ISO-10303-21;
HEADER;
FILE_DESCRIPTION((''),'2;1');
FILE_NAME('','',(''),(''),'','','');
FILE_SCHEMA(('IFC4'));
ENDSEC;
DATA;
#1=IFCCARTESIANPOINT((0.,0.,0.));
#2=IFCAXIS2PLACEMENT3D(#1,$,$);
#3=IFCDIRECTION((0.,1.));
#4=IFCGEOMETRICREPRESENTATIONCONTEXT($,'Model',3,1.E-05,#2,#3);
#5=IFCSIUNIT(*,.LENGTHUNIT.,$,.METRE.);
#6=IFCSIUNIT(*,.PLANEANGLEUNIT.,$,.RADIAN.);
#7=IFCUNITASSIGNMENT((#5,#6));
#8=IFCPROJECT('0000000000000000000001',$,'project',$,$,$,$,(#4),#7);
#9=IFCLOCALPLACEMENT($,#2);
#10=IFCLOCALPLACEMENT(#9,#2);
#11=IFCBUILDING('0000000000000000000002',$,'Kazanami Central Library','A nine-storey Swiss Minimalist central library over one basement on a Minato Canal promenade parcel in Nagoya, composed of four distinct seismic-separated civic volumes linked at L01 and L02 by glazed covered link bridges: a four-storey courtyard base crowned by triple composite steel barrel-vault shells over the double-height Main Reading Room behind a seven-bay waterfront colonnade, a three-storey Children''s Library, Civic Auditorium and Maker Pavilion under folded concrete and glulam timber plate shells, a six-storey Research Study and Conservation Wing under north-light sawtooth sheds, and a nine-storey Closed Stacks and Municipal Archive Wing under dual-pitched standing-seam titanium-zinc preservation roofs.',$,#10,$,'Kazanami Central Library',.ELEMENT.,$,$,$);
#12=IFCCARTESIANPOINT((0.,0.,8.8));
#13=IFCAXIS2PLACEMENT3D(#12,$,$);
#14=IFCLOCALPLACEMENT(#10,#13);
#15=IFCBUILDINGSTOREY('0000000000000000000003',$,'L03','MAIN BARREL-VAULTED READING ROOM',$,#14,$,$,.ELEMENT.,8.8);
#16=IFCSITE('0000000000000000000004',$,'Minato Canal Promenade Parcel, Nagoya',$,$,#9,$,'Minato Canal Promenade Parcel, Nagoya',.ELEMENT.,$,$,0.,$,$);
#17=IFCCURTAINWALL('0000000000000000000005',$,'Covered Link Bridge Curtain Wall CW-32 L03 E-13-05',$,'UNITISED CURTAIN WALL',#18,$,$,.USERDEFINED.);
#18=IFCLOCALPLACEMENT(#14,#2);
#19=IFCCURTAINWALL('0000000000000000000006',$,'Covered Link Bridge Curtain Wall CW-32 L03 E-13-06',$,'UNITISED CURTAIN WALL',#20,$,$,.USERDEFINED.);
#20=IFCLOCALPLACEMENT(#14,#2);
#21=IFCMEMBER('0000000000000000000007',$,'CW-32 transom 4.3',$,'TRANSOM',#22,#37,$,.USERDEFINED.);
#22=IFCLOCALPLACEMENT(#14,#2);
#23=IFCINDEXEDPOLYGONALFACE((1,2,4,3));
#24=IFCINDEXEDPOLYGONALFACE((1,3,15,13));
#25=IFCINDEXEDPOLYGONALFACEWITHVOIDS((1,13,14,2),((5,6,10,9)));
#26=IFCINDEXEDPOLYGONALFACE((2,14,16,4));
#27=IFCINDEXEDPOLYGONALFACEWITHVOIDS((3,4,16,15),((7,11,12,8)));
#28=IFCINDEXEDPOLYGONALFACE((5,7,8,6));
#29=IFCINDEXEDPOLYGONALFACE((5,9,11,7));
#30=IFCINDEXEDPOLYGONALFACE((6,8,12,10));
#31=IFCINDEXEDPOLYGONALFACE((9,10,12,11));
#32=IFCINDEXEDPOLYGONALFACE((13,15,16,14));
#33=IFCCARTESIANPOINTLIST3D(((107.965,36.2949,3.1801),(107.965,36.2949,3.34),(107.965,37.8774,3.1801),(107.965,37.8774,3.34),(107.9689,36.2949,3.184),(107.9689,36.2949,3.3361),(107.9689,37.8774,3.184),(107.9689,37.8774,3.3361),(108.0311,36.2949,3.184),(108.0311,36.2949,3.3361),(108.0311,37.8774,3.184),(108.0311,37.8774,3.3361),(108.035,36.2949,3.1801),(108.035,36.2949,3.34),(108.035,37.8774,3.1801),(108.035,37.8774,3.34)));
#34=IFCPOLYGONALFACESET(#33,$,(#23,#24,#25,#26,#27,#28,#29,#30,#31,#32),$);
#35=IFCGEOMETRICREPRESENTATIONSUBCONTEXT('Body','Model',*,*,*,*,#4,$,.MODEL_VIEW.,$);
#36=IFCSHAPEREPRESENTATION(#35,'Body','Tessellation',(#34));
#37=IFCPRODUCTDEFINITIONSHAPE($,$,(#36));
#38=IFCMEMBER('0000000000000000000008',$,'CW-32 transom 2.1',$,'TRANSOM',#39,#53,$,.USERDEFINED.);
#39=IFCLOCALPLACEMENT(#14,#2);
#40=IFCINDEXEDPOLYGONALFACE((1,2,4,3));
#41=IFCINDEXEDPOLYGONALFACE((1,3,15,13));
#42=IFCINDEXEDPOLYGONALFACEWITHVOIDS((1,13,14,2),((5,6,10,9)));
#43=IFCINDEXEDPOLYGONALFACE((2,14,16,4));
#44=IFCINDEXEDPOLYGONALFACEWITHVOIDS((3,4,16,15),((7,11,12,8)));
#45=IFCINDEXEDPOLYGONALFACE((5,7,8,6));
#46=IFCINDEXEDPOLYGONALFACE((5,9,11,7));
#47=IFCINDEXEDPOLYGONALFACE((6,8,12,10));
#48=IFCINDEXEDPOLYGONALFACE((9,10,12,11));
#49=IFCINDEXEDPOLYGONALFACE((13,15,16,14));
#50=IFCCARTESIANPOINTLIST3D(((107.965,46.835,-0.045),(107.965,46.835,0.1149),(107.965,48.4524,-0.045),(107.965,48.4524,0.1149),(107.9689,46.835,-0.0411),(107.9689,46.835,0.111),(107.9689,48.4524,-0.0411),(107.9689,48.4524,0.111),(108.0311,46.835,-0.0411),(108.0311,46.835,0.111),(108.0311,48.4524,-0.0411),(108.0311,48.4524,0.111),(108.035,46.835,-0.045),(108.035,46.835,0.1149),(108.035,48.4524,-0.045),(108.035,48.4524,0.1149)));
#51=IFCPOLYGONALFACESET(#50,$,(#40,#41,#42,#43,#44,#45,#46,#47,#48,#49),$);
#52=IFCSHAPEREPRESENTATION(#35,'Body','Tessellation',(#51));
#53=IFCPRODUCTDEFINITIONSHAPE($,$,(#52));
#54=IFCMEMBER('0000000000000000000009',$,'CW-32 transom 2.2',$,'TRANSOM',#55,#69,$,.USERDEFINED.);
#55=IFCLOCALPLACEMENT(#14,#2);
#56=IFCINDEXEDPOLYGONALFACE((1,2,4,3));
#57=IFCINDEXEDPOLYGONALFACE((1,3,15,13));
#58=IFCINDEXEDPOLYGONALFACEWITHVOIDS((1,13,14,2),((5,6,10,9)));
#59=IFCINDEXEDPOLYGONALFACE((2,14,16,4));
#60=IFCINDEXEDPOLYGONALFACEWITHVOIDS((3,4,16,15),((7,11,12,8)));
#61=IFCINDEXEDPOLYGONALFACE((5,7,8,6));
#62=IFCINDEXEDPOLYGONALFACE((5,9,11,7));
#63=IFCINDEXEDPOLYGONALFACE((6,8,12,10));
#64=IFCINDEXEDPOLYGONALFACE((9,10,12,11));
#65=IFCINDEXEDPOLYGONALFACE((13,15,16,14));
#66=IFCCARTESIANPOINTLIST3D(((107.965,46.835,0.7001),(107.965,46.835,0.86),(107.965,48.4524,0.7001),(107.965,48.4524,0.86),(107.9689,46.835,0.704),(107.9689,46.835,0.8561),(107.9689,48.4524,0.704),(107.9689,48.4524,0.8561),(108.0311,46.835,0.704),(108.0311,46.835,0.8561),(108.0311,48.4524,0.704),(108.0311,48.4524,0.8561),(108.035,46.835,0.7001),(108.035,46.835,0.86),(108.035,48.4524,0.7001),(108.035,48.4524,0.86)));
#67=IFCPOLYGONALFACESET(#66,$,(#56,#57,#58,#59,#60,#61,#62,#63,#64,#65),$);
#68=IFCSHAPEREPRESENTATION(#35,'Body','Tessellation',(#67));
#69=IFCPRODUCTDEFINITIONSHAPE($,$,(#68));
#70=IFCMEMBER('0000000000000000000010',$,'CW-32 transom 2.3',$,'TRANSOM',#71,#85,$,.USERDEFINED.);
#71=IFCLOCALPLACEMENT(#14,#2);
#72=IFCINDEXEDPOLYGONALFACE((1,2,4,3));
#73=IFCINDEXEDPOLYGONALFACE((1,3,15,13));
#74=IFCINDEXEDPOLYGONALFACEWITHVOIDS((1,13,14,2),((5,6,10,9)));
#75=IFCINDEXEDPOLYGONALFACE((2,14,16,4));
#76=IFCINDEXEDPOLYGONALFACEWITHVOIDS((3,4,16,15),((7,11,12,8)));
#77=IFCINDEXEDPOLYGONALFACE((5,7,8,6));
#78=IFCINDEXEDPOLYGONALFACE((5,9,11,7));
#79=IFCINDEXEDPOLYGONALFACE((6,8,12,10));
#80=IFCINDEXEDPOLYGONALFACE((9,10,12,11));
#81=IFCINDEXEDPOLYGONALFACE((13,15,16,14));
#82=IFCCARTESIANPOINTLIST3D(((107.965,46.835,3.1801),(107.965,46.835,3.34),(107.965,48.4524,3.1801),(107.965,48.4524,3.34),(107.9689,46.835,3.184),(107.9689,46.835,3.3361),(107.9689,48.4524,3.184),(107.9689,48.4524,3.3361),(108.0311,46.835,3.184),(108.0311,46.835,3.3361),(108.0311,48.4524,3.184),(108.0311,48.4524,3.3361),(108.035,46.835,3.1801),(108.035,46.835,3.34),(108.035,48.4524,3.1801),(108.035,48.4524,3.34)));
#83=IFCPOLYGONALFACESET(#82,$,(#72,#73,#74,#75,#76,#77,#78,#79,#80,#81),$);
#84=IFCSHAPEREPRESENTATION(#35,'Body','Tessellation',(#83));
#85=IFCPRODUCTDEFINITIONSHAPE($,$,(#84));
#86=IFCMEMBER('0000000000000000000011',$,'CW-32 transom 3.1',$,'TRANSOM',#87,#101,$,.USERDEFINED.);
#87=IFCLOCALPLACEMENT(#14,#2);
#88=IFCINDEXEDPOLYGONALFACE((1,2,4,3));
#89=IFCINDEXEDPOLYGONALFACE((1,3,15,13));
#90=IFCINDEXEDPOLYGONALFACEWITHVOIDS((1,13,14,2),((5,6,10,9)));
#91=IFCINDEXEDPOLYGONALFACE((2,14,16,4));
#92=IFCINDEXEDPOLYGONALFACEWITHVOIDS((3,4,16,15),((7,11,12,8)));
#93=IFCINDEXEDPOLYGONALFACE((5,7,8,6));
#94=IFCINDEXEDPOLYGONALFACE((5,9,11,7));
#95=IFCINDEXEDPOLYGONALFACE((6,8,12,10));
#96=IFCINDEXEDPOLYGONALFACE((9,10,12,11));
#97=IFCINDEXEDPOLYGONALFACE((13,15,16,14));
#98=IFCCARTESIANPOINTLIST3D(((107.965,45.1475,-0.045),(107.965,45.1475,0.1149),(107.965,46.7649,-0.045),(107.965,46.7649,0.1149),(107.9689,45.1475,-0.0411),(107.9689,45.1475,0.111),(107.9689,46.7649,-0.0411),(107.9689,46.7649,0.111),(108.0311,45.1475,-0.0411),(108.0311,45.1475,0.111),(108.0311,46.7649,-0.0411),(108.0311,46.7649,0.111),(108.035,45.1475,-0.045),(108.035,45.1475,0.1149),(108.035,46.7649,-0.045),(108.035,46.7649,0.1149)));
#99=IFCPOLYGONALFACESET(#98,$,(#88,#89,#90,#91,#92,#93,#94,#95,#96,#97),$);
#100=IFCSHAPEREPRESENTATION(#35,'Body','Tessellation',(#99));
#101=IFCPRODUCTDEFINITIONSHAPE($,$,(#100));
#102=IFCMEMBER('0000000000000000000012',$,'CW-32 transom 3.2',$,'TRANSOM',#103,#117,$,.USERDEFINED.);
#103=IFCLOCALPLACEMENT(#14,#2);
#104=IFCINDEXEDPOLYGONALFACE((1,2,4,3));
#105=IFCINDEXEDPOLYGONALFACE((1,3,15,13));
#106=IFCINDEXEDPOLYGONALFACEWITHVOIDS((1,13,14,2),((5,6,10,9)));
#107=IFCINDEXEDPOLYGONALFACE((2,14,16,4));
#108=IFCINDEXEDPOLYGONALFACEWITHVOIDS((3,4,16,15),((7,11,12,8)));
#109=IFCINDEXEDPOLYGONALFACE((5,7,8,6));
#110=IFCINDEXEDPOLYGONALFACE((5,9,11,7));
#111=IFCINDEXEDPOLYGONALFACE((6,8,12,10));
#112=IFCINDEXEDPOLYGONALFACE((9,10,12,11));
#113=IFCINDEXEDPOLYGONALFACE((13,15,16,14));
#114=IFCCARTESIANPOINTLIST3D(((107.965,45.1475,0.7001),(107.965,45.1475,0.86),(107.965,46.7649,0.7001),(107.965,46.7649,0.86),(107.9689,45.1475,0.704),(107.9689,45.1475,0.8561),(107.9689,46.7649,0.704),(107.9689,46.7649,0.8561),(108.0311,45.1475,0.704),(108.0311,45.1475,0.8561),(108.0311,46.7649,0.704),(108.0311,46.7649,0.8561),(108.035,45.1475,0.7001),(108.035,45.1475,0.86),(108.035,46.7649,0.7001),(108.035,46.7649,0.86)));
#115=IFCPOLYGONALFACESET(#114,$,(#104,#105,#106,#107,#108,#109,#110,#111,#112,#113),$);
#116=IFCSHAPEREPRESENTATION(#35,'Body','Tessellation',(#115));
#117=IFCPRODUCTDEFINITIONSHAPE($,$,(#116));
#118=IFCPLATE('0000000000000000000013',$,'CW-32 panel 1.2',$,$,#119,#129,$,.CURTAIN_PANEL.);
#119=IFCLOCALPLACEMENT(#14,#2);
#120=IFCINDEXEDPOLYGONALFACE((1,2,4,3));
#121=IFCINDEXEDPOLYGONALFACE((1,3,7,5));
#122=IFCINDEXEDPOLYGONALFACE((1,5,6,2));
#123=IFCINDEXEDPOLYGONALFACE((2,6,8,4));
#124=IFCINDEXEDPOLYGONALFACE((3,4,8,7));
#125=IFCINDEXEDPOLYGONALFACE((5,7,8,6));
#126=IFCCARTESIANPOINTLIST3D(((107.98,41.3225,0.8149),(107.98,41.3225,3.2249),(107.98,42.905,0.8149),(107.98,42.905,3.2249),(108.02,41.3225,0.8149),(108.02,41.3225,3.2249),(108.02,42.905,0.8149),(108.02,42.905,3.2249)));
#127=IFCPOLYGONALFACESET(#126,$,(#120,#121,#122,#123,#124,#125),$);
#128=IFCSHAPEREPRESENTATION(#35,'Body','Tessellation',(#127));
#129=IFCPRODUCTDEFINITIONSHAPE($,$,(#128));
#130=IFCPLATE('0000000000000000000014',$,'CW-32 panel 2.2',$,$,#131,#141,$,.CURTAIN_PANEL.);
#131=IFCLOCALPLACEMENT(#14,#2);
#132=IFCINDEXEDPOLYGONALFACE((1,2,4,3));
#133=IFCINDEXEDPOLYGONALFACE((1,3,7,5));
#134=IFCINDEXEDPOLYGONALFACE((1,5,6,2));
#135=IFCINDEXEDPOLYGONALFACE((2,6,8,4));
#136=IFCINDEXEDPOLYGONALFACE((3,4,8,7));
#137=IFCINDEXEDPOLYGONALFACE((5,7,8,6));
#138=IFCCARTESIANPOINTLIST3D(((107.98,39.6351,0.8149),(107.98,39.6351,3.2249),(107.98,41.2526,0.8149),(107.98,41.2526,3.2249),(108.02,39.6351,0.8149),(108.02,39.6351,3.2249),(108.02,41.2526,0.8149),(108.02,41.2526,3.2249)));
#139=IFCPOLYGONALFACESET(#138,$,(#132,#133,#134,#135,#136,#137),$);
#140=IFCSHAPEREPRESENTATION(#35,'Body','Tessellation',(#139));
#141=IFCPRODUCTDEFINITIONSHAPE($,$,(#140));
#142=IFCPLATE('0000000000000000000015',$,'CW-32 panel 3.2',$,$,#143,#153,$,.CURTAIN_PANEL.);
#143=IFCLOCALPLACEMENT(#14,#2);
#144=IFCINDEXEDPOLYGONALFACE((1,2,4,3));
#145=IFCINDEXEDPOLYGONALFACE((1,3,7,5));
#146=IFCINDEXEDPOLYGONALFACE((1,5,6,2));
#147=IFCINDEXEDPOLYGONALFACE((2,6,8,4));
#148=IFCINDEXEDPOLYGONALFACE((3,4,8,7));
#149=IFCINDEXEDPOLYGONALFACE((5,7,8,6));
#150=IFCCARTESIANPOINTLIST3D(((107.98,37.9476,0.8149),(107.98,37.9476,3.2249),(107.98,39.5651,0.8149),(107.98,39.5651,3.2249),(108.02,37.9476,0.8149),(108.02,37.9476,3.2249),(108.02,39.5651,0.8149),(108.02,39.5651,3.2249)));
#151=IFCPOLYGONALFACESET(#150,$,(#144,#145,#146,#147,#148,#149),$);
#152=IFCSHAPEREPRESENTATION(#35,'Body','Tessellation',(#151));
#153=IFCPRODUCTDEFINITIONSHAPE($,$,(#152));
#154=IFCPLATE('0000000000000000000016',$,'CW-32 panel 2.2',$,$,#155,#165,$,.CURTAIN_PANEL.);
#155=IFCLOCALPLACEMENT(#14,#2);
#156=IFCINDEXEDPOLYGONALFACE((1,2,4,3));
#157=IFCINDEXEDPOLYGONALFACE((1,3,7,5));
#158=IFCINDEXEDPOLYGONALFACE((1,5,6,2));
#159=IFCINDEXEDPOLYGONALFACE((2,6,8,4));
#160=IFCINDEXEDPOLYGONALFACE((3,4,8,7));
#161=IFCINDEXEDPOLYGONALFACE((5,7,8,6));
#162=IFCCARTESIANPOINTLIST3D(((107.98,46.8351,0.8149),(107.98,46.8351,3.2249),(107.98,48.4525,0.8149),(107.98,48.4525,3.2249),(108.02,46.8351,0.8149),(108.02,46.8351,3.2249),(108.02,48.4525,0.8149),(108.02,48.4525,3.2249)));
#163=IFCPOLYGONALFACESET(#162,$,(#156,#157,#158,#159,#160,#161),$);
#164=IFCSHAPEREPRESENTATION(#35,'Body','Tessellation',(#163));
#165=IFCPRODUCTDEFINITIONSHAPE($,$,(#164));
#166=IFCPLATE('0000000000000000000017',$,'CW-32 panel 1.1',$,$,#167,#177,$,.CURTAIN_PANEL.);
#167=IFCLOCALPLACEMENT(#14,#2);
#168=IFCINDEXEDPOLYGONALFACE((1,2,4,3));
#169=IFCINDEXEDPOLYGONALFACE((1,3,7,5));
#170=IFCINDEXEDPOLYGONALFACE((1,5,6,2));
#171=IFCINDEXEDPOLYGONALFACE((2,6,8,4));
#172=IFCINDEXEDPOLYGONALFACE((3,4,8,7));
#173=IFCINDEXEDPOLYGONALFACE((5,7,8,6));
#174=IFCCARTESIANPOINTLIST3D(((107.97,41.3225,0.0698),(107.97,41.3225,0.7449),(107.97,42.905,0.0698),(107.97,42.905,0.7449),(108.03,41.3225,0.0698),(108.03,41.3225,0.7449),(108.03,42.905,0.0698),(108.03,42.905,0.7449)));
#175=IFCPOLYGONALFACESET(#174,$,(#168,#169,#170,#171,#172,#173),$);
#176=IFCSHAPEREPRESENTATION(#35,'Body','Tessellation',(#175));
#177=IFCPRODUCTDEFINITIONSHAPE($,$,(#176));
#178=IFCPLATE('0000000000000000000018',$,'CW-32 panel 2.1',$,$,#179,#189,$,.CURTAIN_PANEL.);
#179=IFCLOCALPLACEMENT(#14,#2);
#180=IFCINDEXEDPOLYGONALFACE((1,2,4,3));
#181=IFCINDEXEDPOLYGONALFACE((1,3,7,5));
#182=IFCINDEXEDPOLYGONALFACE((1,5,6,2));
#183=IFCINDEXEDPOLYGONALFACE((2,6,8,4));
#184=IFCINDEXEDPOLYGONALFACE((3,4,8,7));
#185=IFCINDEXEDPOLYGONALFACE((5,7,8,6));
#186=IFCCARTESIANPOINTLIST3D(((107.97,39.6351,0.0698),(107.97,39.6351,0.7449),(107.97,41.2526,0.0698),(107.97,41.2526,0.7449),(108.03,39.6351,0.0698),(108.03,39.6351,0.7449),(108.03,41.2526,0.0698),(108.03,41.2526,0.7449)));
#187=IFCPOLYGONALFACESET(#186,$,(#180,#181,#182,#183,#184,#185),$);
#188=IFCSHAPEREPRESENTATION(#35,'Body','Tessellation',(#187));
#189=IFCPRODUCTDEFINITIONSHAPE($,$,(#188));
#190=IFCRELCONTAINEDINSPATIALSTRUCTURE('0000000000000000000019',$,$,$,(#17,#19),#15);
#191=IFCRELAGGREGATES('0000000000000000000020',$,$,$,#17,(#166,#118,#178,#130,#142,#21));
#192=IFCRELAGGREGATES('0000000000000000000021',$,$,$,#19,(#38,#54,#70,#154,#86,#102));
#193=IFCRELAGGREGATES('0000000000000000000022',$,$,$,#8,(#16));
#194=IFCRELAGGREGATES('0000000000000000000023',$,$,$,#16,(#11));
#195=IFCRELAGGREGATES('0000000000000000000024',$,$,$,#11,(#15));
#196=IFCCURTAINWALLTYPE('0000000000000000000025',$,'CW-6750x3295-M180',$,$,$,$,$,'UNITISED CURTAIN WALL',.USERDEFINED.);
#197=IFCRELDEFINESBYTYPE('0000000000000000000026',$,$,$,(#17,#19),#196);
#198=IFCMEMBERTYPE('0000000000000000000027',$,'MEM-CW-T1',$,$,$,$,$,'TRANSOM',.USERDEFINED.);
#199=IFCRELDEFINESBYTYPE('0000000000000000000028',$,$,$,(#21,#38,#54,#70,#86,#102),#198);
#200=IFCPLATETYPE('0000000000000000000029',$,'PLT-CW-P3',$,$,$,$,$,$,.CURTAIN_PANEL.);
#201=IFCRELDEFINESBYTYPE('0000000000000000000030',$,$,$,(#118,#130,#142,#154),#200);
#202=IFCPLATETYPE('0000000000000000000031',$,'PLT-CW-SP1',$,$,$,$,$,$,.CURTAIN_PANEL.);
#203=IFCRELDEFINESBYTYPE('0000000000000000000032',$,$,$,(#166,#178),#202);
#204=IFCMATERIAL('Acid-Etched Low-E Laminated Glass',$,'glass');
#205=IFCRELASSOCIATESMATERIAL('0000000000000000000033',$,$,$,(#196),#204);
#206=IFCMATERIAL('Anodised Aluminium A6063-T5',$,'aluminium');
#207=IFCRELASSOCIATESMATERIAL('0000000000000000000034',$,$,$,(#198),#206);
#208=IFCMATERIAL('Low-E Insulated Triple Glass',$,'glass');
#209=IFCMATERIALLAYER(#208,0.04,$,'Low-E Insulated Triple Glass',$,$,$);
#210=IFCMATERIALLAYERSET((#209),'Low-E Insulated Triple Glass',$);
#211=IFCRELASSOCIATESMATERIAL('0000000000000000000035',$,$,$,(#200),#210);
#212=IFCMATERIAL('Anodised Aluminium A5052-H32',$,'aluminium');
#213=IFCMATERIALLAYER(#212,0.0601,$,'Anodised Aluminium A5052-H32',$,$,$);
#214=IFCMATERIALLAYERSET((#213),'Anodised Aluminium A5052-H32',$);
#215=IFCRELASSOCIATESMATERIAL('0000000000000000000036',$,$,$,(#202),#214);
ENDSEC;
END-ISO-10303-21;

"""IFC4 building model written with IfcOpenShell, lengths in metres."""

from ifc_helpers import new_model, si_unit, direction, frame, origin, origin_2d, place, context, subcontext, project, spatial, rectangle, hollow_rectangle, extrude, material, layer, layer_set, material_profile, profile_set, type_object, element, aggregate, save


model = new_model("IFC4")

# Units and contexts
model_context = context("Model", 3, precision=1e-05, world=origin(), true_north=direction((0.0, 1.0)))
body_context = subcontext(model_context, "Body", "Model", "MODEL_VIEW")
ifc_project = project(units=[si_unit("LENGTHUNIT", "METRE"), si_unit("PLANEANGLEUNIT", "RADIAN")], contexts=[model_context])

# Site, building, storey
site_placement = place(None, origin())
site = spatial("IfcSite", under=ifc_project, at=site_placement, Name="Minato Canal Promenade Parcel, Nagoya", LongName="Minato Canal Promenade Parcel, Nagoya", CompositionType="ELEMENT", RefElevation=0.0)
building_placement = place(site_placement, origin())
building = spatial("IfcBuilding", under=site, at=building_placement, Name="Kazanami Central Library", Description="A nine-storey Swiss Minimalist central library over one basement on a Minato Canal promenade parcel in Nagoya, composed of four distinct seismic-separated civic volumes linked at L01 and L02 by glazed covered link bridges: a four-storey courtyard base crowned by triple composite steel barrel-vault shells over the double-height Main Reading Room behind a seven-bay waterfront colonnade, a three-storey Children's Library, Civic Auditorium and Maker Pavilion under folded concrete and glulam timber plate shells, a six-storey Research Study and Conservation Wing under north-light sawtooth sheds, and a nine-storey Closed Stacks and Municipal Archive Wing under dual-pitched standing-seam titanium-zinc preservation roofs.", LongName="Kazanami Central Library", CompositionType="ELEMENT")
storey_placement = place(building_placement, frame((0.0, 0.0, 8.8)))
storey = spatial("IfcBuildingStorey", under=building, at=storey_placement, Name="L03", Description="MAIN BARREL-VAULTED READING ROOM", CompositionType="ELEMENT", Elevation=8.8)

# Curtain walls
ifc_material_1 = material(Name="Acid-Etched Low-E Laminated Glass", Category="glass")
curtain_wall_type = type_object("IfcCurtainWallType", Name="CW-6750x3295-M180", ElementType="UNITISED CURTAIN WALL", PredefinedType="USERDEFINED", material=ifc_material_1)
curtain_wall_1_placement = place(storey_placement, origin())
curtain_wall_1 = element("IfcCurtainWall", 1, at=curtain_wall_1_placement, inside=storey, type_object=curtain_wall_type, Name="Covered Link Bridge Curtain Wall CW-32 L03 E-13-05", ObjectType="UNITISED CURTAIN WALL", PredefinedType="USERDEFINED")
ifc_material_2 = material(Name="Anodised Aluminium A6063-T5", Category="aluminium")
curtain_wall_2_placement = place(storey_placement, origin())
curtain_wall_2 = element("IfcCurtainWall", 2, at=curtain_wall_2_placement, inside=storey, type_object=curtain_wall_type, Name="Covered Link Bridge Curtain Wall CW-32 L03 E-13-06", ObjectType="UNITISED CURTAIN WALL", PredefinedType="USERDEFINED")

# Members
ifc_material_profile_1 = material_profile(ifc_material_2, hollow_rectangle(XDim=0.0701, YDim=0.1599, WallThickness=0.0039, at=origin_2d()), Name="ALU-TRAN-70x160x4")
ifc_profile_set_1 = profile_set([ifc_material_profile_1], Name="Anodised Aluminium A6063-T5")
member_type_1 = type_object("IfcMemberType", Name="MEM-CW-T1", ElementType="TRANSOM", PredefinedType="USERDEFINED", material=ifc_profile_set_1)
member_1_placement = place(storey_placement, frame((108.0, 37.8774, 3.26), z_axis=(0.0, -1.0, 0.0), x_axis=(1.0, 0.0, 0.0)))
member_1 = element("IfcMember", 3, at=member_1_placement, type_object=member_type_1, Name="CW-32 transom 4.3", ObjectType="TRANSOM", PredefinedType="USERDEFINED", context=body_context, shape_type="SweptSolid", body=[
    extrude(hollow_rectangle(XDim=0.0701, YDim=0.1599, WallThickness=0.0039, at=origin_2d()), origin(), (0.0, 0.0, 1.0), 1.5825),
])
member_2_placement = place(storey_placement, frame((108.0, 48.4524, 0.0349), z_axis=(0.0, -1.0, 0.0), x_axis=(1.0, 0.0, 0.0)))
member_2 = element("IfcMember", 4, at=member_2_placement, type_object=member_type_1, Name="CW-32 transom 2.1", ObjectType="TRANSOM", PredefinedType="USERDEFINED", context=body_context, shape_type="SweptSolid", body=[
    extrude(hollow_rectangle(XDim=0.0701, YDim=0.1599, WallThickness=0.0039, at=origin_2d()), origin(), (0.0, 0.0, 1.0), 1.6174),
])
member_3_placement = place(storey_placement, frame((108.0, 48.4524, 0.78), z_axis=(0.0, -1.0, 0.0), x_axis=(1.0, 0.0, 0.0)))
member_3 = element("IfcMember", 5, at=member_3_placement, type_object=member_type_1, Name="CW-32 transom 2.2", ObjectType="TRANSOM", PredefinedType="USERDEFINED", context=body_context, shape_type="SweptSolid", body=[
    extrude(hollow_rectangle(XDim=0.0701, YDim=0.1599, WallThickness=0.0039, at=origin_2d()), origin(), (0.0, 0.0, 1.0), 1.6174),
])
member_4_placement = place(storey_placement, frame((108.0, 48.4524, 3.26), z_axis=(0.0, -1.0, 0.0), x_axis=(1.0, 0.0, 0.0)))
member_4 = element("IfcMember", 6, at=member_4_placement, type_object=member_type_1, Name="CW-32 transom 2.3", ObjectType="TRANSOM", PredefinedType="USERDEFINED", context=body_context, shape_type="SweptSolid", body=[
    extrude(hollow_rectangle(XDim=0.0701, YDim=0.1599, WallThickness=0.0039, at=origin_2d()), origin(), (0.0, 0.0, 1.0), 1.6174),
])
member_5_placement = place(storey_placement, frame((108.0, 46.7649, 0.0349), z_axis=(0.0, -1.0, 0.0), x_axis=(1.0, 0.0, 0.0)))
member_5 = element("IfcMember", 7, at=member_5_placement, type_object=member_type_1, Name="CW-32 transom 3.1", ObjectType="TRANSOM", PredefinedType="USERDEFINED", context=body_context, shape_type="SweptSolid", body=[
    extrude(hollow_rectangle(XDim=0.0701, YDim=0.1599, WallThickness=0.0039, at=origin_2d()), origin(), (0.0, 0.0, 1.0), 1.6174),
])
member_6_placement = place(storey_placement, frame((108.0, 46.7649, 0.78), z_axis=(0.0, -1.0, 0.0), x_axis=(1.0, 0.0, 0.0)))
member_6 = element("IfcMember", 8, at=member_6_placement, type_object=member_type_1, Name="CW-32 transom 3.2", ObjectType="TRANSOM", PredefinedType="USERDEFINED", context=body_context, shape_type="SweptSolid", body=[
    extrude(hollow_rectangle(XDim=0.0701, YDim=0.1599, WallThickness=0.0039, at=origin_2d()), origin(), (0.0, 0.0, 1.0), 1.6174),
])

# Plates
ifc_material_3 = material(Name="Low-E Insulated Triple Glass", Category="glass")
ifc_layer_1 = layer(ifc_material_3, 0.04, Name="Low-E Insulated Triple Glass")
ifc_layer_set_1 = layer_set([ifc_layer_1], Name="Low-E Insulated Triple Glass")
plate_type_1 = type_object("IfcPlateType", Name="PLT-CW-P3", PredefinedType="CURTAIN_PANEL", material=ifc_layer_set_1)
plate_1_placement = place(storey_placement, frame((108.0, 42.1138, 0.8149), z_axis=(0.0, 0.0, 1.0), x_axis=(0.0, -1.0, 0.0)))
plate_1 = element("IfcPlate", 9, at=plate_1_placement, type_object=plate_type_1, Name="CW-32 panel 1.2", PredefinedType="CURTAIN_PANEL", context=body_context, shape_type="SweptSolid", body=[
    extrude(rectangle(XDim=1.5825, YDim=0.04, at=origin_2d()), origin(), (0.0, 0.0, 1.0), 2.4099),
])
plate_2_placement = place(storey_placement, frame((108.0, 40.4438, 0.8149), z_axis=(0.0, 0.0, 1.0), x_axis=(0.0, -1.0, 0.0)))
plate_2 = element("IfcPlate", 10, at=plate_2_placement, type_object=plate_type_1, Name="CW-32 panel 2.2", PredefinedType="CURTAIN_PANEL", context=body_context, shape_type="SweptSolid", body=[
    extrude(rectangle(XDim=1.6174, YDim=0.04, at=origin_2d()), origin(), (0.0, 0.0, 1.0), 2.4099),
])
plate_3_placement = place(storey_placement, frame((108.0, 38.7563, 0.8149), z_axis=(0.0, 0.0, 1.0), x_axis=(0.0, -1.0, 0.0)))
plate_3 = element("IfcPlate", 11, at=plate_3_placement, type_object=plate_type_1, Name="CW-32 panel 3.2", PredefinedType="CURTAIN_PANEL", context=body_context, shape_type="SweptSolid", body=[
    extrude(rectangle(XDim=1.6174, YDim=0.04, at=origin_2d()), origin(), (0.0, 0.0, 1.0), 2.4099),
])
plate_4_placement = place(storey_placement, frame((108.0, 47.6438, 0.8149), z_axis=(0.0, 0.0, 1.0), x_axis=(0.0, -1.0, 0.0)))
plate_4 = element("IfcPlate", 12, at=plate_4_placement, type_object=plate_type_1, Name="CW-32 panel 2.2", PredefinedType="CURTAIN_PANEL", context=body_context, shape_type="SweptSolid", body=[
    extrude(rectangle(XDim=1.6174, YDim=0.04, at=origin_2d()), origin(), (0.0, 0.0, 1.0), 2.4099),
])
ifc_material_4 = material(Name="Anodised Aluminium A5052-H32", Category="aluminium")
ifc_layer_2 = layer(ifc_material_4, 0.0601, Name="Anodised Aluminium A5052-H32")
ifc_layer_set_2 = layer_set([ifc_layer_2], Name="Anodised Aluminium A5052-H32")
plate_type_2 = type_object("IfcPlateType", Name="PLT-CW-SP1", PredefinedType="CURTAIN_PANEL", material=ifc_layer_set_2)
plate_5_placement = place(storey_placement, frame((108.0, 42.1138, 0.0698), z_axis=(0.0, 0.0, 1.0), x_axis=(0.0, -1.0, 0.0)))
plate_5 = element("IfcPlate", 13, at=plate_5_placement, type_object=plate_type_2, Name="CW-32 panel 1.1", PredefinedType="CURTAIN_PANEL", context=body_context, shape_type="SweptSolid", body=[
    extrude(rectangle(XDim=1.5825, YDim=0.0601, at=origin_2d()), origin(), (0.0, 0.0, 1.0), 0.675),
])
plate_6_placement = place(storey_placement, frame((108.0, 40.4438, 0.0698), z_axis=(0.0, 0.0, 1.0), x_axis=(0.0, -1.0, 0.0)))
plate_6 = element("IfcPlate", 14, at=plate_6_placement, type_object=plate_type_2, Name="CW-32 panel 2.1", PredefinedType="CURTAIN_PANEL", context=body_context, shape_type="SweptSolid", body=[
    extrude(rectangle(XDim=1.6174, YDim=0.0601, at=origin_2d()), origin(), (0.0, 0.0, 1.0), 0.675),
])
aggregate(curtain_wall_1, [plate_5, plate_1, plate_6, plate_2, plate_3, member_1])
aggregate(curtain_wall_2, [member_2, member_3, member_4, plate_4, member_5, member_6])

save(model, "model.ifc")
